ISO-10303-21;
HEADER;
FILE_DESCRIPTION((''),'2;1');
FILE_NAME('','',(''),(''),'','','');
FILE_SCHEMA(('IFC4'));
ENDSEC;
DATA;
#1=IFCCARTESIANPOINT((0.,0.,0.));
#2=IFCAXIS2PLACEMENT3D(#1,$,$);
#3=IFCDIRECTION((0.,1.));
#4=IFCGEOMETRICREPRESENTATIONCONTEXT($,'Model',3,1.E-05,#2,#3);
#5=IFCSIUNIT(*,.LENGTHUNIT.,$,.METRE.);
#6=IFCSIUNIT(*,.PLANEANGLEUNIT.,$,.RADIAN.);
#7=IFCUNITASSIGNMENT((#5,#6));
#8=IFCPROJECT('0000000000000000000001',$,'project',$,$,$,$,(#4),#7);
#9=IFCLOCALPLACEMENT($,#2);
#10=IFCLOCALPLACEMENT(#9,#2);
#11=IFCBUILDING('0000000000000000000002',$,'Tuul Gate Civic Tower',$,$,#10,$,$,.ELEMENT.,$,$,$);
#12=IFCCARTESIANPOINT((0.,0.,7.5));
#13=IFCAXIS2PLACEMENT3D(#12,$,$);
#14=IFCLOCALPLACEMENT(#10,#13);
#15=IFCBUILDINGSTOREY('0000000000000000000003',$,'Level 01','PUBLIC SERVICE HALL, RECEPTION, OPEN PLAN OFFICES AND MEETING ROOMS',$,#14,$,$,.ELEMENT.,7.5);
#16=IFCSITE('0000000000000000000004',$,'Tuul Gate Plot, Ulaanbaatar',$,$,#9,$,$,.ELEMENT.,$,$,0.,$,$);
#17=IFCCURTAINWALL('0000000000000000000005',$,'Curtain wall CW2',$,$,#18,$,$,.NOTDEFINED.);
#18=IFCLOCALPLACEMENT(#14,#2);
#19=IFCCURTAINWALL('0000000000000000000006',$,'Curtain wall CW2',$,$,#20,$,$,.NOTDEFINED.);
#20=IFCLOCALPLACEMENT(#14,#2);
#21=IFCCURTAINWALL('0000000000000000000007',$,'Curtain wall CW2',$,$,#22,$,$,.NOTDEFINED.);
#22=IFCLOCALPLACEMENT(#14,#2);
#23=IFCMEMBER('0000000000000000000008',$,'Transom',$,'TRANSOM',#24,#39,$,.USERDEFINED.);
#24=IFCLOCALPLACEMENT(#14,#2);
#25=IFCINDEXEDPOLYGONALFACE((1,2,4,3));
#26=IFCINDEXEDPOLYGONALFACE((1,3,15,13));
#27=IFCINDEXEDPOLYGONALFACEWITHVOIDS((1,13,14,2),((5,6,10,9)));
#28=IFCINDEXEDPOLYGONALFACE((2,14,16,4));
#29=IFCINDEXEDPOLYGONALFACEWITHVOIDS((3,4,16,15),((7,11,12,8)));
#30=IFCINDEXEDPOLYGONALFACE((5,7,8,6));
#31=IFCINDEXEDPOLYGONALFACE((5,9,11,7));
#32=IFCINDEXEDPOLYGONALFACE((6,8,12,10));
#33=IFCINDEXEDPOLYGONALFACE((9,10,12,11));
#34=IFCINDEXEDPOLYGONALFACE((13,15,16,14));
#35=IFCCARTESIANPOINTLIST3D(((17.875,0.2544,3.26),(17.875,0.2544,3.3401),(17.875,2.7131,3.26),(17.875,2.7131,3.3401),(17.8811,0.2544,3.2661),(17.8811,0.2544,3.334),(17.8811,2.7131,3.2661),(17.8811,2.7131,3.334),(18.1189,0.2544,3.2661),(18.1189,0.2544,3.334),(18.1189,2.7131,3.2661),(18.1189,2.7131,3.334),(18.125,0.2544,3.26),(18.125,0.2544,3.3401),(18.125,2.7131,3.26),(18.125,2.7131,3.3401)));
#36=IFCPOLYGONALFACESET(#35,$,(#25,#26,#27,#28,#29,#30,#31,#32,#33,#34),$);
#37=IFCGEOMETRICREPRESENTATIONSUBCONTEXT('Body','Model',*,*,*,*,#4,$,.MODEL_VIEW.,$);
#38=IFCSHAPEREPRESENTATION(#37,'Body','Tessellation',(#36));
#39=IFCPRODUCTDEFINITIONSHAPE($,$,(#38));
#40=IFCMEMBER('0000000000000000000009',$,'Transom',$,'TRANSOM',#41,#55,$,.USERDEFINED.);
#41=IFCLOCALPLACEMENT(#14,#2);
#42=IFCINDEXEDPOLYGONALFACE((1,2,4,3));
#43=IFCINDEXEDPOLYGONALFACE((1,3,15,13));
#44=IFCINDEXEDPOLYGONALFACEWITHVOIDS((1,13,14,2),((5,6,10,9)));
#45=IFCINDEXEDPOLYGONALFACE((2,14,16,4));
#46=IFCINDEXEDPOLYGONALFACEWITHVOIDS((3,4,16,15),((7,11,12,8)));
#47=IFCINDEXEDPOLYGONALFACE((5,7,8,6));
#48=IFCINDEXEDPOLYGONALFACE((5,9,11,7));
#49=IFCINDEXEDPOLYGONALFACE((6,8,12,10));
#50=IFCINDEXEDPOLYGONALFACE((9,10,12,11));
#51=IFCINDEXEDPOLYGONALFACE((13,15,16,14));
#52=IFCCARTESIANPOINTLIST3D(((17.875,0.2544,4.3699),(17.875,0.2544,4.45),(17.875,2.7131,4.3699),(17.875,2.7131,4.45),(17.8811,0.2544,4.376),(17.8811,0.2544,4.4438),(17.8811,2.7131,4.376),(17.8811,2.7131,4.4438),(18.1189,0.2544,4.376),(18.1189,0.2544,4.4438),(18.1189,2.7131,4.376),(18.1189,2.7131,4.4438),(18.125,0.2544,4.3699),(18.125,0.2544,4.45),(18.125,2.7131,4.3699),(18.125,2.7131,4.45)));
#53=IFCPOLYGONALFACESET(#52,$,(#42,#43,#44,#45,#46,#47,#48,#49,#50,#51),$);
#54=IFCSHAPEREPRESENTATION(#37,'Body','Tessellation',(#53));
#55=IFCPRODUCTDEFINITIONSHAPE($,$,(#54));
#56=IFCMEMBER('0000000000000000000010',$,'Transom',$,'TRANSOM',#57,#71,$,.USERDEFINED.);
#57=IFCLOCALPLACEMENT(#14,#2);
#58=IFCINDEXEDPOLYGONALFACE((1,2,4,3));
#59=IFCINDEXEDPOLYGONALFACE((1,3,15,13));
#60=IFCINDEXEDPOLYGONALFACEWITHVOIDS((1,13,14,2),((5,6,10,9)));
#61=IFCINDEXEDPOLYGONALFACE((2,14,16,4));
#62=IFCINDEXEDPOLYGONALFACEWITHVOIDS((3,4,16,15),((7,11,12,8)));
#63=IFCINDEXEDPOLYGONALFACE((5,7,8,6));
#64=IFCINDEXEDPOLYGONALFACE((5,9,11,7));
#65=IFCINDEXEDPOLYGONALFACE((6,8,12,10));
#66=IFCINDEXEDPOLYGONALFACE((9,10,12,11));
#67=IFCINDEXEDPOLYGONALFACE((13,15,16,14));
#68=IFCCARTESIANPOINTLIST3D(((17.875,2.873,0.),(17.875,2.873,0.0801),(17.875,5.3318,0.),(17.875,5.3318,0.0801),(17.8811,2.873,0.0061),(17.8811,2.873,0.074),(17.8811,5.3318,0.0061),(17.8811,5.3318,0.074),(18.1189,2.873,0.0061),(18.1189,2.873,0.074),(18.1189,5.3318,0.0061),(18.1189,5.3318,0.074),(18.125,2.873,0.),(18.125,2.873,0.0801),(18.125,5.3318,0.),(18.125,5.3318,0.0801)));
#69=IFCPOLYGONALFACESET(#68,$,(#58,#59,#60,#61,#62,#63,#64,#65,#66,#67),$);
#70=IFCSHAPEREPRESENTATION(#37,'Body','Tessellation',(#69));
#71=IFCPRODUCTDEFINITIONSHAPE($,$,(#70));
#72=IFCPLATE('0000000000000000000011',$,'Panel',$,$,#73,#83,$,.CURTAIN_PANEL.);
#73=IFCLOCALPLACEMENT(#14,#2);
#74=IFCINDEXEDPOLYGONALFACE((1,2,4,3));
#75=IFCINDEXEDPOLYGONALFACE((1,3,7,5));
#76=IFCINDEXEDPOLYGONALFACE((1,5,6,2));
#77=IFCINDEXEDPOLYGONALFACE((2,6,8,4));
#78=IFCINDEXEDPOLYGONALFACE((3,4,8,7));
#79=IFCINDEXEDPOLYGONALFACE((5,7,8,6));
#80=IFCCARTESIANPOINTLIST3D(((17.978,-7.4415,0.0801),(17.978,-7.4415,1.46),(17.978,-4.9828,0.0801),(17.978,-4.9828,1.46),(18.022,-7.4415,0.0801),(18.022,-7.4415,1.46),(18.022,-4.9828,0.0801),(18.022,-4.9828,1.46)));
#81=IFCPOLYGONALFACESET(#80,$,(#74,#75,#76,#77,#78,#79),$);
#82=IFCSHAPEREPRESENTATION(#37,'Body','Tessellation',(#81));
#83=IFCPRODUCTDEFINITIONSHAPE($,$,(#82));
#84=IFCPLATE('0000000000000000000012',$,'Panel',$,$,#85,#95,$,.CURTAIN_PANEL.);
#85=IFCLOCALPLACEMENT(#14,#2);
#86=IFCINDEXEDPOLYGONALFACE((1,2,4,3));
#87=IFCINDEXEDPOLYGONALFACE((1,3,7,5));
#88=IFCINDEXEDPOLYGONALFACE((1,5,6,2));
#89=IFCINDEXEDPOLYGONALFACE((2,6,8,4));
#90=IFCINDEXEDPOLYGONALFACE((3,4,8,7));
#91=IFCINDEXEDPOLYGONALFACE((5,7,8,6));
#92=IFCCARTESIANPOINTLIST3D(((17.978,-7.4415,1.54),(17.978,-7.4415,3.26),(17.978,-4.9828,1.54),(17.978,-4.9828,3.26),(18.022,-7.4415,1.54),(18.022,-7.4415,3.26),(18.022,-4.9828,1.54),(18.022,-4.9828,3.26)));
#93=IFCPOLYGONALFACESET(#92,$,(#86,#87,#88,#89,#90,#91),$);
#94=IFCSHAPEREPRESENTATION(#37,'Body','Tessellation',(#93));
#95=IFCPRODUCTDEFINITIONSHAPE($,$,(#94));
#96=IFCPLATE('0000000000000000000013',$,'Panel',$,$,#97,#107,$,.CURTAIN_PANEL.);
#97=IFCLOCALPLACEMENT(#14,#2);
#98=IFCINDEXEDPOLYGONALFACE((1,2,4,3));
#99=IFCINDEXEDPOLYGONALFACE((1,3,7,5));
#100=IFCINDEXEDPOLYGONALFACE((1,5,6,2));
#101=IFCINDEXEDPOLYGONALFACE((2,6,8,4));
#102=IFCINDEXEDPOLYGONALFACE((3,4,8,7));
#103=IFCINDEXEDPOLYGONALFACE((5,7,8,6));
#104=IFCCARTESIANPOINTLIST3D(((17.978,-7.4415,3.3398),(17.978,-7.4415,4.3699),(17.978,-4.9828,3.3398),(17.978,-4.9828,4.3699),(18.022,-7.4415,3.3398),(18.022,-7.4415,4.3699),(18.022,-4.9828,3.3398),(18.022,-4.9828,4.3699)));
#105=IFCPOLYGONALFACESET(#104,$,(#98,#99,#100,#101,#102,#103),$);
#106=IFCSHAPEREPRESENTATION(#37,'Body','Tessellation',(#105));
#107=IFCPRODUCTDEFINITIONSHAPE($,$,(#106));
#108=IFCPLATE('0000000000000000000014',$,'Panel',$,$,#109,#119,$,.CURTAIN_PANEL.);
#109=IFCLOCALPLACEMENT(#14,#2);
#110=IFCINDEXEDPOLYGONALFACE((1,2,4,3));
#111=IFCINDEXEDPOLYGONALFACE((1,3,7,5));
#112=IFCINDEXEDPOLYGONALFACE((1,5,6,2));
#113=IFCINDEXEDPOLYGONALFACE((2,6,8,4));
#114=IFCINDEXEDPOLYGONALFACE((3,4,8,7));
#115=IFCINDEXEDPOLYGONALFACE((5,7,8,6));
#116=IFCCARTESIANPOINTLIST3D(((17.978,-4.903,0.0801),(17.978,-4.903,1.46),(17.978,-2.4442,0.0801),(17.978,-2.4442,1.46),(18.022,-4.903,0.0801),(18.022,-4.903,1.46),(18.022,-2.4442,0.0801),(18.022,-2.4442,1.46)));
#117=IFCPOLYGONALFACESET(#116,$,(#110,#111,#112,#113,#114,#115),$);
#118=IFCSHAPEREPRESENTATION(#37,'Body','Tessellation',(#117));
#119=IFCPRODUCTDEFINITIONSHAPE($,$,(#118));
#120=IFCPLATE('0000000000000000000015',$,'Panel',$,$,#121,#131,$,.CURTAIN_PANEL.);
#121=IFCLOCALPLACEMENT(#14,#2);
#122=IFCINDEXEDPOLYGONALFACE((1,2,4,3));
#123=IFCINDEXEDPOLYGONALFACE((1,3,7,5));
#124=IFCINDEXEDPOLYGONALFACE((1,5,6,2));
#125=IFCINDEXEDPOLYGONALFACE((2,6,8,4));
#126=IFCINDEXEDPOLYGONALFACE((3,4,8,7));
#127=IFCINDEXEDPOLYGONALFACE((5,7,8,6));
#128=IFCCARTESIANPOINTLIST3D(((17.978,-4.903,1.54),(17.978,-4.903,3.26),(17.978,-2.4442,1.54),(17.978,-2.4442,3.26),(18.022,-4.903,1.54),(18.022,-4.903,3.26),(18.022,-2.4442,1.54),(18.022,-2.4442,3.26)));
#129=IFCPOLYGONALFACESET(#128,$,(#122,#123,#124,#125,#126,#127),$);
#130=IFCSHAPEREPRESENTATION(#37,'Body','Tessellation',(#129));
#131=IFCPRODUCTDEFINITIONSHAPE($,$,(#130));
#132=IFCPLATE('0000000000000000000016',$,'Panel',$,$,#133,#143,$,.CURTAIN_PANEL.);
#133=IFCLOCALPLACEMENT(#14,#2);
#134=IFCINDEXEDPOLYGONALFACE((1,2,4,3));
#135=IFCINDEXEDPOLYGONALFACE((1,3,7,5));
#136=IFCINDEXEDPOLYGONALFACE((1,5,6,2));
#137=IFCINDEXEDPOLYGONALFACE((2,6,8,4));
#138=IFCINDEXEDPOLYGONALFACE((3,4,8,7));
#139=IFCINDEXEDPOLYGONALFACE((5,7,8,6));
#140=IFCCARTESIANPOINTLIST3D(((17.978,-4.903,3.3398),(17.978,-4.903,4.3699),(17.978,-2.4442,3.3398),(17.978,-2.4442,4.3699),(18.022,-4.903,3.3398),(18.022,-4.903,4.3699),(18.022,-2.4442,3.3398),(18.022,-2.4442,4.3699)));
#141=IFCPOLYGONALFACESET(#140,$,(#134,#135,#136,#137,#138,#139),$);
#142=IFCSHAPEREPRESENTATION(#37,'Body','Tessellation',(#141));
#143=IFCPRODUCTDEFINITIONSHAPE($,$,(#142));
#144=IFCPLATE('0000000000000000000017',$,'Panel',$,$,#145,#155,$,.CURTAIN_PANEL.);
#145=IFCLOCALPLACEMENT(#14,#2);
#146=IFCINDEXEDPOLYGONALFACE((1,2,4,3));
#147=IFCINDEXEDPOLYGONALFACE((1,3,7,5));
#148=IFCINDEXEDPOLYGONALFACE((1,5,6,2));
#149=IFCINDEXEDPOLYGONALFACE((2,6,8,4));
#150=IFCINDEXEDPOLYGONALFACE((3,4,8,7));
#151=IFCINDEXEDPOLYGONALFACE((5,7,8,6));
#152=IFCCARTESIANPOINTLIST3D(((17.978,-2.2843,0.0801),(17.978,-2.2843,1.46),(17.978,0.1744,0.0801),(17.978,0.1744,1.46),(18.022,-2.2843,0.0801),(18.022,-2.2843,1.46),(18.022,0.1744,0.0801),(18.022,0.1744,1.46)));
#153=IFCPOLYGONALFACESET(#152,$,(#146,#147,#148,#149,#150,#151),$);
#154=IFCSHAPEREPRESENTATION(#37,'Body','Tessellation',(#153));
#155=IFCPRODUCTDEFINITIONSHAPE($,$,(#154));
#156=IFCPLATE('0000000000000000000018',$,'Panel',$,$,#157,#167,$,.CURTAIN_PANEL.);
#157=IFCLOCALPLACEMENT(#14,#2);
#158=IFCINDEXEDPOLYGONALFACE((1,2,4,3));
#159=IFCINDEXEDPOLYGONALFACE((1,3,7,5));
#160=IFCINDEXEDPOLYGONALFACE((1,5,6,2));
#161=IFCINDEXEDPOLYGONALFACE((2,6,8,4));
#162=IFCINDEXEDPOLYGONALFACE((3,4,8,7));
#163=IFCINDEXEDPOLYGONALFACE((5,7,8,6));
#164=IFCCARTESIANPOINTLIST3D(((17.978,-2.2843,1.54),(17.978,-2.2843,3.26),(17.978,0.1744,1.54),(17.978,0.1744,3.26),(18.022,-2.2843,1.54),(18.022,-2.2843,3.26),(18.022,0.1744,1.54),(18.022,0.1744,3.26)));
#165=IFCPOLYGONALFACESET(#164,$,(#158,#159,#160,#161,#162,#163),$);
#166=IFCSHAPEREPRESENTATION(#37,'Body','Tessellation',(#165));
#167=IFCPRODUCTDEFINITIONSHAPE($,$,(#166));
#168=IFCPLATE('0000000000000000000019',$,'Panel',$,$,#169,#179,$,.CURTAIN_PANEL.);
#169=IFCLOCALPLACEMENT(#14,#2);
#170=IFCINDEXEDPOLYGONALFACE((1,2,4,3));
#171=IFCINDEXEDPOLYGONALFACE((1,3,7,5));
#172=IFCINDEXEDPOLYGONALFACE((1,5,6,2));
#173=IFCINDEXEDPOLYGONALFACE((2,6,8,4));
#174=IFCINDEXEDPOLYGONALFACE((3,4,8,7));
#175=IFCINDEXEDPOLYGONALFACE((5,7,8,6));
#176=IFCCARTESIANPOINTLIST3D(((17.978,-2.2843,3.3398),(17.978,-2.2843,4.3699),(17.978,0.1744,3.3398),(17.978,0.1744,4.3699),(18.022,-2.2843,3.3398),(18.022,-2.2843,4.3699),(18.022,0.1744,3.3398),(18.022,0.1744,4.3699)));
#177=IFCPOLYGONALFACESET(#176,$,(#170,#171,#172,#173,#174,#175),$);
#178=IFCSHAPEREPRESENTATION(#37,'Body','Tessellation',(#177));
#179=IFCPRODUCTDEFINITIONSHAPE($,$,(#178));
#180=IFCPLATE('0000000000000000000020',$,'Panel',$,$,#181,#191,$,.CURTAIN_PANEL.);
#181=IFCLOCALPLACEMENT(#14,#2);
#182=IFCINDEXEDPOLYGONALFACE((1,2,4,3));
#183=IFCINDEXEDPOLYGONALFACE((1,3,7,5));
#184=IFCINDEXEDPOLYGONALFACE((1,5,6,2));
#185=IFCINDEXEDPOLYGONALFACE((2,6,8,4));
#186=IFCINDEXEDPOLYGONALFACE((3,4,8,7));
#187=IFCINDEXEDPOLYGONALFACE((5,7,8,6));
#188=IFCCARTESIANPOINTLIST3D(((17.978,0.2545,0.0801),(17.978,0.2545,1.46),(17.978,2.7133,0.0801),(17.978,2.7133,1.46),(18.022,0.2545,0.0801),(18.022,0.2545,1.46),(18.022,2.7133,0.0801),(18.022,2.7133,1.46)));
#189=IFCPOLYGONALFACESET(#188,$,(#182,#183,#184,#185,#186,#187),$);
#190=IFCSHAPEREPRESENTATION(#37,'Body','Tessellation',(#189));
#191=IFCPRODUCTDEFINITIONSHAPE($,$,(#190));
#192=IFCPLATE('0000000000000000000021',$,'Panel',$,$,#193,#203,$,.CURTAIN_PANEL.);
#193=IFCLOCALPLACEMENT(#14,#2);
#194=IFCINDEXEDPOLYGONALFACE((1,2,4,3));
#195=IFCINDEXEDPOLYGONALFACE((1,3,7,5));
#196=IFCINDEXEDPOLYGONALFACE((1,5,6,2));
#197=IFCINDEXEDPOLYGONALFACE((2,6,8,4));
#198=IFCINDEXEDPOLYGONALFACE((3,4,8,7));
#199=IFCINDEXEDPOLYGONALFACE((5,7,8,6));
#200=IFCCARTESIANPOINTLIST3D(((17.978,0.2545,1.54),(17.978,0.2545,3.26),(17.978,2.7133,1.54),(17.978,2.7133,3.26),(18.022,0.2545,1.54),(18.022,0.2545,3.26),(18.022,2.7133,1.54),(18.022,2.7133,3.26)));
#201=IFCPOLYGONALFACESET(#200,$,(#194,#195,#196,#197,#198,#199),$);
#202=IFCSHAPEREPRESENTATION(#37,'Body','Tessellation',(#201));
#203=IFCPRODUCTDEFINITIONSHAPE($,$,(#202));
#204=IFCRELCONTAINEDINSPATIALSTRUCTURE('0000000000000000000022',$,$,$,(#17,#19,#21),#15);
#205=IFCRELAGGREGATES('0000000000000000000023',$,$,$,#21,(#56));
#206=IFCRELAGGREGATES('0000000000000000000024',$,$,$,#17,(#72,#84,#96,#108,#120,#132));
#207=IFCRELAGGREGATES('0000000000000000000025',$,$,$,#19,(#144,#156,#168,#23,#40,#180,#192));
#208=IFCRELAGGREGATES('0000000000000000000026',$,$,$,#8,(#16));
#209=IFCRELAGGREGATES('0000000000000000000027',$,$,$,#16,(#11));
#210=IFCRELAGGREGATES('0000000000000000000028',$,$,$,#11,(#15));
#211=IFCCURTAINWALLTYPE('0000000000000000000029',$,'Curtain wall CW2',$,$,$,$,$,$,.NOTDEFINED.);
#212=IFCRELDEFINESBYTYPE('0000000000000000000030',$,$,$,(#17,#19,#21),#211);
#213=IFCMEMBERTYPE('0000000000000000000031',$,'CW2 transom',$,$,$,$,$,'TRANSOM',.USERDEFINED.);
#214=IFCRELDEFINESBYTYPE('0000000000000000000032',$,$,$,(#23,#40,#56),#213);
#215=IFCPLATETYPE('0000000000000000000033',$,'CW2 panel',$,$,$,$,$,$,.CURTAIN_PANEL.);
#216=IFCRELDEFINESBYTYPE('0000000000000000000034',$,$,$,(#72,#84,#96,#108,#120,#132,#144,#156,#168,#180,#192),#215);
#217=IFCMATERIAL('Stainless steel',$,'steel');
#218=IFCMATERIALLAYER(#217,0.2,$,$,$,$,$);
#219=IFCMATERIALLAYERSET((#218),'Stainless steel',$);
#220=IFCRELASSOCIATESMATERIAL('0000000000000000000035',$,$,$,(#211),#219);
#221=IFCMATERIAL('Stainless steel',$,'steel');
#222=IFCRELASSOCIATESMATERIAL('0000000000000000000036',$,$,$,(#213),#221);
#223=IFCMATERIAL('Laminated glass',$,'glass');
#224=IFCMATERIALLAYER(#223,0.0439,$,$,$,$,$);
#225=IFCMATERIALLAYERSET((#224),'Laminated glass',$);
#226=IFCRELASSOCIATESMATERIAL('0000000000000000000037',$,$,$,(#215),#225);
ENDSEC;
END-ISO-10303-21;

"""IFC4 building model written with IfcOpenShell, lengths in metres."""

from ifc_helpers import new_model, si_unit, direction, frame, origin, origin_2d, place, context, subcontext, project, spatial, rectangle, hollow_rectangle, extrude, material, layer, layer_set, material_profile, profile_set, type_object, element, aggregate, save


model = new_model("IFC4")

# Units and contexts
model_context = context("Model", 3, precision=1e-05, world=origin(), true_north=direction((0.0, 1.0)))
body_context = subcontext(model_context, "Body", "Model", "MODEL_VIEW")
ifc_project = project(units=[si_unit("LENGTHUNIT", "METRE"), si_unit("PLANEANGLEUNIT", "RADIAN")], contexts=[model_context])

# Site, building, storey
site_placement = place(None, origin())
site = spatial("IfcSite", under=ifc_project, at=site_placement, Name="Tuul Gate Plot, Ulaanbaatar", CompositionType="ELEMENT", RefElevation=0.0)
building_placement = place(site_placement, origin())
building = spatial("IfcBuilding", under=site, at=building_placement, Name="Tuul Gate Civic Tower", CompositionType="ELEMENT")
storey_placement = place(building_placement, frame((0.0, 0.0, 7.5)))
storey = spatial("IfcBuildingStorey", under=building, at=storey_placement, Name="Level 01", Description="PUBLIC SERVICE HALL, RECEPTION, OPEN PLAN OFFICES AND MEETING ROOMS", CompositionType="ELEMENT", Elevation=7.5)

# Shared definitions
ifc_material_1 = material(Name="Stainless steel", Category="steel")
ifc_layer_1 = layer(ifc_material_1, 0.2)
ifc_layer_set_1 = layer_set([ifc_layer_1], Name="Stainless steel")
curtain_wall_type = type_object("IfcCurtainWallType", Name="Curtain wall CW2", PredefinedType="NOTDEFINED", material=ifc_layer_set_1)

# Curtain walls
curtain_wall_1_placement = place(storey_placement, origin())
curtain_wall_1 = element("IfcCurtainWall", 1, at=curtain_wall_1_placement, inside=storey, type_object=curtain_wall_type, Name="Curtain wall CW2", PredefinedType="NOTDEFINED")
curtain_wall_2_placement = place(storey_placement, origin())
curtain_wall_2 = element("IfcCurtainWall", 2, at=curtain_wall_2_placement, inside=storey, type_object=curtain_wall_type, Name="Curtain wall CW2", PredefinedType="NOTDEFINED")

# Curtain wall
curtain_wall_3_placement = place(storey_placement, origin())
curtain_wall_3 = element("IfcCurtainWall", 3, at=curtain_wall_3_placement, inside=storey, type_object=curtain_wall_type, Name="Curtain wall CW2", PredefinedType="NOTDEFINED")

# Members
ifc_material_2 = material(Name="Stainless steel", Category="steel")
ifc_material_profile_1 = material_profile(ifc_material_2, hollow_rectangle(XDim=0.25, YDim=0.0801, WallThickness=0.0061, at=origin_2d()), Name="CW2 transom")
ifc_profile_set_1 = profile_set([ifc_material_profile_1], Name="Stainless steel")
member_type_1 = type_object("IfcMemberType", Name="CW2 transom", ElementType="TRANSOM", PredefinedType="USERDEFINED", material=ifc_profile_set_1)
member_1_placement = place(storey_placement, frame((18.0, 0.2544, 3.3), z_axis=(0.0, 1.0, 0.0), x_axis=(-1.0, 0.0, 0.0)))
member_1 = element("IfcMember", 4, at=member_1_placement, type_object=member_type_1, Name="Transom", ObjectType="TRANSOM", PredefinedType="USERDEFINED", context=body_context, shape_type="SweptSolid", body=[
    extrude(hollow_rectangle(XDim=0.25, YDim=0.0801, WallThickness=0.0061, at=origin_2d()), origin(), (0.0, 0.0, 1.0), 2.4587),
])
member_2_placement = place(storey_placement, frame((18.0, 0.2544, 4.4099), z_axis=(0.0, 1.0, 0.0), x_axis=(-1.0, 0.0, 0.0)))
member_2 = element("IfcMember", 5, at=member_2_placement, type_object=member_type_1, Name="Transom", ObjectType="TRANSOM", PredefinedType="USERDEFINED", context=body_context, shape_type="SweptSolid", body=[
    extrude(hollow_rectangle(XDim=0.25, YDim=0.0801, WallThickness=0.0061, at=origin_2d()), origin(), (0.0, 0.0, 1.0), 2.4587),
])
member_3_placement = place(storey_placement, frame((18.0, 2.873, 0.04), z_axis=(0.0, 1.0, 0.0), x_axis=(-1.0, 0.0, 0.0)))
member_3 = element("IfcMember", 6, at=member_3_placement, type_object=member_type_1, Name="Transom", ObjectType="TRANSOM", PredefinedType="USERDEFINED", context=body_context, shape_type="SweptSolid", body=[
    extrude(hollow_rectangle(XDim=0.25, YDim=0.0801, WallThickness=0.0061, at=origin_2d()), origin(), (0.0, 0.0, 1.0), 2.4587),
])
aggregate(curtain_wall_3, [member_3])

# Plates
ifc_material_3 = material(Name="Laminated glass", Category="glass")
ifc_layer_2 = layer(ifc_material_3, 0.0439)
ifc_layer_set_2 = layer_set([ifc_layer_2], Name="Laminated glass")
plate_type = type_object("IfcPlateType", Name="CW2 panel", PredefinedType="CURTAIN_PANEL", material=ifc_layer_set_2)
plate_1_placement = place(storey_placement, frame((18.0, -6.2122, 0.0801), z_axis=(0.0, 0.0, 1.0), x_axis=(0.0, 1.0, 0.0)))
plate_1 = element("IfcPlate", 7, at=plate_1_placement, type_object=plate_type, Name="Panel", PredefinedType="CURTAIN_PANEL", context=body_context, shape_type="SweptSolid", body=[
    extrude(rectangle(XDim=2.4587, YDim=0.0439, at=origin_2d()), origin(), (0.0, 0.0, 1.0), 1.3799),
])
plate_2_placement = place(storey_placement, frame((18.0, -6.2122, 1.54), z_axis=(0.0, 0.0, 1.0), x_axis=(0.0, 1.0, 0.0)))
plate_2 = element("IfcPlate", 8, at=plate_2_placement, type_object=plate_type, Name="Panel", PredefinedType="CURTAIN_PANEL", context=body_context, shape_type="SweptSolid", body=[
    extrude(rectangle(XDim=2.4587, YDim=0.0439, at=origin_2d()), origin(), (0.0, 0.0, 1.0), 1.72),
])
plate_3_placement = place(storey_placement, frame((18.0, -6.2122, 3.3398), z_axis=(0.0, 0.0, 1.0), x_axis=(0.0, 1.0, 0.0)))
plate_3 = element("IfcPlate", 9, at=plate_3_placement, type_object=plate_type, Name="Panel", PredefinedType="CURTAIN_PANEL", context=body_context, shape_type="SweptSolid", body=[
    extrude(rectangle(XDim=2.4587, YDim=0.0439, at=origin_2d()), origin(), (0.0, 0.0, 1.0), 1.03),
])
plate_4_placement = place(storey_placement, frame((18.0, -3.6736, 0.0801), z_axis=(0.0, 0.0, 1.0), x_axis=(0.0, 1.0, 0.0)))
plate_4 = element("IfcPlate", 10, at=plate_4_placement, type_object=plate_type, Name="Panel", PredefinedType="CURTAIN_PANEL", context=body_context, shape_type="SweptSolid", body=[
    extrude(rectangle(XDim=2.4587, YDim=0.0439, at=origin_2d()), origin(), (0.0, 0.0, 1.0), 1.3799),
])
plate_5_placement = place(storey_placement, frame((18.0, -3.6736, 1.54), z_axis=(0.0, 0.0, 1.0), x_axis=(0.0, 1.0, 0.0)))
plate_5 = element("IfcPlate", 11, at=plate_5_placement, type_object=plate_type, Name="Panel", PredefinedType="CURTAIN_PANEL", context=body_context, shape_type="SweptSolid", body=[
    extrude(rectangle(XDim=2.4587, YDim=0.0439, at=origin_2d()), origin(), (0.0, 0.0, 1.0), 1.72),
])
plate_6_placement = place(storey_placement, frame((18.0, -3.6736, 3.3398), z_axis=(0.0, 0.0, 1.0), x_axis=(0.0, 1.0, 0.0)))
plate_6 = element("IfcPlate", 12, at=plate_6_placement, type_object=plate_type, Name="Panel", PredefinedType="CURTAIN_PANEL", context=body_context, shape_type="SweptSolid", body=[
    extrude(rectangle(XDim=2.4587, YDim=0.0439, at=origin_2d()), origin(), (0.0, 0.0, 1.0), 1.03),
])
aggregate(curtain_wall_1, [plate_1, plate_2, plate_3, plate_4, plate_5, plate_6])
plate_7_placement = place(storey_placement, frame((18.0, -1.0549, 0.0801), z_axis=(0.0, 0.0, 1.0), x_axis=(0.0, 1.0, 0.0)))
plate_7 = element("IfcPlate", 13, at=plate_7_placement, type_object=plate_type, Name="Panel", PredefinedType="CURTAIN_PANEL", context=body_context, shape_type="SweptSolid", body=[
    extrude(rectangle(XDim=2.4587, YDim=0.0439, at=origin_2d()), origin(), (0.0, 0.0, 1.0), 1.3799),
])
plate_8_placement = place(storey_placement, frame((18.0, -1.0549, 1.54), z_axis=(0.0, 0.0, 1.0), x_axis=(0.0, 1.0, 0.0)))
plate_8 = element("IfcPlate", 14, at=plate_8_placement, type_object=plate_type, Name="Panel", PredefinedType="CURTAIN_PANEL", context=body_context, shape_type="SweptSolid", body=[
    extrude(rectangle(XDim=2.4587, YDim=0.0439, at=origin_2d()), origin(), (0.0, 0.0, 1.0), 1.72),
])
plate_9_placement = place(storey_placement, frame((18.0, -1.0549, 3.3398), z_axis=(0.0, 0.0, 1.0), x_axis=(0.0, 1.0, 0.0)))
plate_9 = element("IfcPlate", 15, at=plate_9_placement, type_object=plate_type, Name="Panel", PredefinedType="CURTAIN_PANEL", context=body_context, shape_type="SweptSolid", body=[
    extrude(rectangle(XDim=2.4587, YDim=0.0439, at=origin_2d()), origin(), (0.0, 0.0, 1.0), 1.03),
])
plate_10_placement = place(storey_placement, frame((18.0, 1.4839, 0.0801), z_axis=(0.0, 0.0, 1.0), x_axis=(0.0, 1.0, 0.0)))
plate_10 = element("IfcPlate", 16, at=plate_10_placement, type_object=plate_type, Name="Panel", PredefinedType="CURTAIN_PANEL", context=body_context, shape_type="SweptSolid", body=[
    extrude(rectangle(XDim=2.4587, YDim=0.0439, at=origin_2d()), origin(), (0.0, 0.0, 1.0), 1.3799),
])
plate_11_placement = place(storey_placement, frame((18.0, 1.4839, 1.54), z_axis=(0.0, 0.0, 1.0), x_axis=(0.0, 1.0, 0.0)))
plate_11 = element("IfcPlate", 17, at=plate_11_placement, type_object=plate_type, Name="Panel", PredefinedType="CURTAIN_PANEL", context=body_context, shape_type="SweptSolid", body=[
    extrude(rectangle(XDim=2.4587, YDim=0.0439, at=origin_2d()), origin(), (0.0, 0.0, 1.0), 1.72),
])
aggregate(curtain_wall_2, [plate_7, plate_8, plate_9, member_1, member_2, plate_10, plate_11])

save(model, "model.ifc")
